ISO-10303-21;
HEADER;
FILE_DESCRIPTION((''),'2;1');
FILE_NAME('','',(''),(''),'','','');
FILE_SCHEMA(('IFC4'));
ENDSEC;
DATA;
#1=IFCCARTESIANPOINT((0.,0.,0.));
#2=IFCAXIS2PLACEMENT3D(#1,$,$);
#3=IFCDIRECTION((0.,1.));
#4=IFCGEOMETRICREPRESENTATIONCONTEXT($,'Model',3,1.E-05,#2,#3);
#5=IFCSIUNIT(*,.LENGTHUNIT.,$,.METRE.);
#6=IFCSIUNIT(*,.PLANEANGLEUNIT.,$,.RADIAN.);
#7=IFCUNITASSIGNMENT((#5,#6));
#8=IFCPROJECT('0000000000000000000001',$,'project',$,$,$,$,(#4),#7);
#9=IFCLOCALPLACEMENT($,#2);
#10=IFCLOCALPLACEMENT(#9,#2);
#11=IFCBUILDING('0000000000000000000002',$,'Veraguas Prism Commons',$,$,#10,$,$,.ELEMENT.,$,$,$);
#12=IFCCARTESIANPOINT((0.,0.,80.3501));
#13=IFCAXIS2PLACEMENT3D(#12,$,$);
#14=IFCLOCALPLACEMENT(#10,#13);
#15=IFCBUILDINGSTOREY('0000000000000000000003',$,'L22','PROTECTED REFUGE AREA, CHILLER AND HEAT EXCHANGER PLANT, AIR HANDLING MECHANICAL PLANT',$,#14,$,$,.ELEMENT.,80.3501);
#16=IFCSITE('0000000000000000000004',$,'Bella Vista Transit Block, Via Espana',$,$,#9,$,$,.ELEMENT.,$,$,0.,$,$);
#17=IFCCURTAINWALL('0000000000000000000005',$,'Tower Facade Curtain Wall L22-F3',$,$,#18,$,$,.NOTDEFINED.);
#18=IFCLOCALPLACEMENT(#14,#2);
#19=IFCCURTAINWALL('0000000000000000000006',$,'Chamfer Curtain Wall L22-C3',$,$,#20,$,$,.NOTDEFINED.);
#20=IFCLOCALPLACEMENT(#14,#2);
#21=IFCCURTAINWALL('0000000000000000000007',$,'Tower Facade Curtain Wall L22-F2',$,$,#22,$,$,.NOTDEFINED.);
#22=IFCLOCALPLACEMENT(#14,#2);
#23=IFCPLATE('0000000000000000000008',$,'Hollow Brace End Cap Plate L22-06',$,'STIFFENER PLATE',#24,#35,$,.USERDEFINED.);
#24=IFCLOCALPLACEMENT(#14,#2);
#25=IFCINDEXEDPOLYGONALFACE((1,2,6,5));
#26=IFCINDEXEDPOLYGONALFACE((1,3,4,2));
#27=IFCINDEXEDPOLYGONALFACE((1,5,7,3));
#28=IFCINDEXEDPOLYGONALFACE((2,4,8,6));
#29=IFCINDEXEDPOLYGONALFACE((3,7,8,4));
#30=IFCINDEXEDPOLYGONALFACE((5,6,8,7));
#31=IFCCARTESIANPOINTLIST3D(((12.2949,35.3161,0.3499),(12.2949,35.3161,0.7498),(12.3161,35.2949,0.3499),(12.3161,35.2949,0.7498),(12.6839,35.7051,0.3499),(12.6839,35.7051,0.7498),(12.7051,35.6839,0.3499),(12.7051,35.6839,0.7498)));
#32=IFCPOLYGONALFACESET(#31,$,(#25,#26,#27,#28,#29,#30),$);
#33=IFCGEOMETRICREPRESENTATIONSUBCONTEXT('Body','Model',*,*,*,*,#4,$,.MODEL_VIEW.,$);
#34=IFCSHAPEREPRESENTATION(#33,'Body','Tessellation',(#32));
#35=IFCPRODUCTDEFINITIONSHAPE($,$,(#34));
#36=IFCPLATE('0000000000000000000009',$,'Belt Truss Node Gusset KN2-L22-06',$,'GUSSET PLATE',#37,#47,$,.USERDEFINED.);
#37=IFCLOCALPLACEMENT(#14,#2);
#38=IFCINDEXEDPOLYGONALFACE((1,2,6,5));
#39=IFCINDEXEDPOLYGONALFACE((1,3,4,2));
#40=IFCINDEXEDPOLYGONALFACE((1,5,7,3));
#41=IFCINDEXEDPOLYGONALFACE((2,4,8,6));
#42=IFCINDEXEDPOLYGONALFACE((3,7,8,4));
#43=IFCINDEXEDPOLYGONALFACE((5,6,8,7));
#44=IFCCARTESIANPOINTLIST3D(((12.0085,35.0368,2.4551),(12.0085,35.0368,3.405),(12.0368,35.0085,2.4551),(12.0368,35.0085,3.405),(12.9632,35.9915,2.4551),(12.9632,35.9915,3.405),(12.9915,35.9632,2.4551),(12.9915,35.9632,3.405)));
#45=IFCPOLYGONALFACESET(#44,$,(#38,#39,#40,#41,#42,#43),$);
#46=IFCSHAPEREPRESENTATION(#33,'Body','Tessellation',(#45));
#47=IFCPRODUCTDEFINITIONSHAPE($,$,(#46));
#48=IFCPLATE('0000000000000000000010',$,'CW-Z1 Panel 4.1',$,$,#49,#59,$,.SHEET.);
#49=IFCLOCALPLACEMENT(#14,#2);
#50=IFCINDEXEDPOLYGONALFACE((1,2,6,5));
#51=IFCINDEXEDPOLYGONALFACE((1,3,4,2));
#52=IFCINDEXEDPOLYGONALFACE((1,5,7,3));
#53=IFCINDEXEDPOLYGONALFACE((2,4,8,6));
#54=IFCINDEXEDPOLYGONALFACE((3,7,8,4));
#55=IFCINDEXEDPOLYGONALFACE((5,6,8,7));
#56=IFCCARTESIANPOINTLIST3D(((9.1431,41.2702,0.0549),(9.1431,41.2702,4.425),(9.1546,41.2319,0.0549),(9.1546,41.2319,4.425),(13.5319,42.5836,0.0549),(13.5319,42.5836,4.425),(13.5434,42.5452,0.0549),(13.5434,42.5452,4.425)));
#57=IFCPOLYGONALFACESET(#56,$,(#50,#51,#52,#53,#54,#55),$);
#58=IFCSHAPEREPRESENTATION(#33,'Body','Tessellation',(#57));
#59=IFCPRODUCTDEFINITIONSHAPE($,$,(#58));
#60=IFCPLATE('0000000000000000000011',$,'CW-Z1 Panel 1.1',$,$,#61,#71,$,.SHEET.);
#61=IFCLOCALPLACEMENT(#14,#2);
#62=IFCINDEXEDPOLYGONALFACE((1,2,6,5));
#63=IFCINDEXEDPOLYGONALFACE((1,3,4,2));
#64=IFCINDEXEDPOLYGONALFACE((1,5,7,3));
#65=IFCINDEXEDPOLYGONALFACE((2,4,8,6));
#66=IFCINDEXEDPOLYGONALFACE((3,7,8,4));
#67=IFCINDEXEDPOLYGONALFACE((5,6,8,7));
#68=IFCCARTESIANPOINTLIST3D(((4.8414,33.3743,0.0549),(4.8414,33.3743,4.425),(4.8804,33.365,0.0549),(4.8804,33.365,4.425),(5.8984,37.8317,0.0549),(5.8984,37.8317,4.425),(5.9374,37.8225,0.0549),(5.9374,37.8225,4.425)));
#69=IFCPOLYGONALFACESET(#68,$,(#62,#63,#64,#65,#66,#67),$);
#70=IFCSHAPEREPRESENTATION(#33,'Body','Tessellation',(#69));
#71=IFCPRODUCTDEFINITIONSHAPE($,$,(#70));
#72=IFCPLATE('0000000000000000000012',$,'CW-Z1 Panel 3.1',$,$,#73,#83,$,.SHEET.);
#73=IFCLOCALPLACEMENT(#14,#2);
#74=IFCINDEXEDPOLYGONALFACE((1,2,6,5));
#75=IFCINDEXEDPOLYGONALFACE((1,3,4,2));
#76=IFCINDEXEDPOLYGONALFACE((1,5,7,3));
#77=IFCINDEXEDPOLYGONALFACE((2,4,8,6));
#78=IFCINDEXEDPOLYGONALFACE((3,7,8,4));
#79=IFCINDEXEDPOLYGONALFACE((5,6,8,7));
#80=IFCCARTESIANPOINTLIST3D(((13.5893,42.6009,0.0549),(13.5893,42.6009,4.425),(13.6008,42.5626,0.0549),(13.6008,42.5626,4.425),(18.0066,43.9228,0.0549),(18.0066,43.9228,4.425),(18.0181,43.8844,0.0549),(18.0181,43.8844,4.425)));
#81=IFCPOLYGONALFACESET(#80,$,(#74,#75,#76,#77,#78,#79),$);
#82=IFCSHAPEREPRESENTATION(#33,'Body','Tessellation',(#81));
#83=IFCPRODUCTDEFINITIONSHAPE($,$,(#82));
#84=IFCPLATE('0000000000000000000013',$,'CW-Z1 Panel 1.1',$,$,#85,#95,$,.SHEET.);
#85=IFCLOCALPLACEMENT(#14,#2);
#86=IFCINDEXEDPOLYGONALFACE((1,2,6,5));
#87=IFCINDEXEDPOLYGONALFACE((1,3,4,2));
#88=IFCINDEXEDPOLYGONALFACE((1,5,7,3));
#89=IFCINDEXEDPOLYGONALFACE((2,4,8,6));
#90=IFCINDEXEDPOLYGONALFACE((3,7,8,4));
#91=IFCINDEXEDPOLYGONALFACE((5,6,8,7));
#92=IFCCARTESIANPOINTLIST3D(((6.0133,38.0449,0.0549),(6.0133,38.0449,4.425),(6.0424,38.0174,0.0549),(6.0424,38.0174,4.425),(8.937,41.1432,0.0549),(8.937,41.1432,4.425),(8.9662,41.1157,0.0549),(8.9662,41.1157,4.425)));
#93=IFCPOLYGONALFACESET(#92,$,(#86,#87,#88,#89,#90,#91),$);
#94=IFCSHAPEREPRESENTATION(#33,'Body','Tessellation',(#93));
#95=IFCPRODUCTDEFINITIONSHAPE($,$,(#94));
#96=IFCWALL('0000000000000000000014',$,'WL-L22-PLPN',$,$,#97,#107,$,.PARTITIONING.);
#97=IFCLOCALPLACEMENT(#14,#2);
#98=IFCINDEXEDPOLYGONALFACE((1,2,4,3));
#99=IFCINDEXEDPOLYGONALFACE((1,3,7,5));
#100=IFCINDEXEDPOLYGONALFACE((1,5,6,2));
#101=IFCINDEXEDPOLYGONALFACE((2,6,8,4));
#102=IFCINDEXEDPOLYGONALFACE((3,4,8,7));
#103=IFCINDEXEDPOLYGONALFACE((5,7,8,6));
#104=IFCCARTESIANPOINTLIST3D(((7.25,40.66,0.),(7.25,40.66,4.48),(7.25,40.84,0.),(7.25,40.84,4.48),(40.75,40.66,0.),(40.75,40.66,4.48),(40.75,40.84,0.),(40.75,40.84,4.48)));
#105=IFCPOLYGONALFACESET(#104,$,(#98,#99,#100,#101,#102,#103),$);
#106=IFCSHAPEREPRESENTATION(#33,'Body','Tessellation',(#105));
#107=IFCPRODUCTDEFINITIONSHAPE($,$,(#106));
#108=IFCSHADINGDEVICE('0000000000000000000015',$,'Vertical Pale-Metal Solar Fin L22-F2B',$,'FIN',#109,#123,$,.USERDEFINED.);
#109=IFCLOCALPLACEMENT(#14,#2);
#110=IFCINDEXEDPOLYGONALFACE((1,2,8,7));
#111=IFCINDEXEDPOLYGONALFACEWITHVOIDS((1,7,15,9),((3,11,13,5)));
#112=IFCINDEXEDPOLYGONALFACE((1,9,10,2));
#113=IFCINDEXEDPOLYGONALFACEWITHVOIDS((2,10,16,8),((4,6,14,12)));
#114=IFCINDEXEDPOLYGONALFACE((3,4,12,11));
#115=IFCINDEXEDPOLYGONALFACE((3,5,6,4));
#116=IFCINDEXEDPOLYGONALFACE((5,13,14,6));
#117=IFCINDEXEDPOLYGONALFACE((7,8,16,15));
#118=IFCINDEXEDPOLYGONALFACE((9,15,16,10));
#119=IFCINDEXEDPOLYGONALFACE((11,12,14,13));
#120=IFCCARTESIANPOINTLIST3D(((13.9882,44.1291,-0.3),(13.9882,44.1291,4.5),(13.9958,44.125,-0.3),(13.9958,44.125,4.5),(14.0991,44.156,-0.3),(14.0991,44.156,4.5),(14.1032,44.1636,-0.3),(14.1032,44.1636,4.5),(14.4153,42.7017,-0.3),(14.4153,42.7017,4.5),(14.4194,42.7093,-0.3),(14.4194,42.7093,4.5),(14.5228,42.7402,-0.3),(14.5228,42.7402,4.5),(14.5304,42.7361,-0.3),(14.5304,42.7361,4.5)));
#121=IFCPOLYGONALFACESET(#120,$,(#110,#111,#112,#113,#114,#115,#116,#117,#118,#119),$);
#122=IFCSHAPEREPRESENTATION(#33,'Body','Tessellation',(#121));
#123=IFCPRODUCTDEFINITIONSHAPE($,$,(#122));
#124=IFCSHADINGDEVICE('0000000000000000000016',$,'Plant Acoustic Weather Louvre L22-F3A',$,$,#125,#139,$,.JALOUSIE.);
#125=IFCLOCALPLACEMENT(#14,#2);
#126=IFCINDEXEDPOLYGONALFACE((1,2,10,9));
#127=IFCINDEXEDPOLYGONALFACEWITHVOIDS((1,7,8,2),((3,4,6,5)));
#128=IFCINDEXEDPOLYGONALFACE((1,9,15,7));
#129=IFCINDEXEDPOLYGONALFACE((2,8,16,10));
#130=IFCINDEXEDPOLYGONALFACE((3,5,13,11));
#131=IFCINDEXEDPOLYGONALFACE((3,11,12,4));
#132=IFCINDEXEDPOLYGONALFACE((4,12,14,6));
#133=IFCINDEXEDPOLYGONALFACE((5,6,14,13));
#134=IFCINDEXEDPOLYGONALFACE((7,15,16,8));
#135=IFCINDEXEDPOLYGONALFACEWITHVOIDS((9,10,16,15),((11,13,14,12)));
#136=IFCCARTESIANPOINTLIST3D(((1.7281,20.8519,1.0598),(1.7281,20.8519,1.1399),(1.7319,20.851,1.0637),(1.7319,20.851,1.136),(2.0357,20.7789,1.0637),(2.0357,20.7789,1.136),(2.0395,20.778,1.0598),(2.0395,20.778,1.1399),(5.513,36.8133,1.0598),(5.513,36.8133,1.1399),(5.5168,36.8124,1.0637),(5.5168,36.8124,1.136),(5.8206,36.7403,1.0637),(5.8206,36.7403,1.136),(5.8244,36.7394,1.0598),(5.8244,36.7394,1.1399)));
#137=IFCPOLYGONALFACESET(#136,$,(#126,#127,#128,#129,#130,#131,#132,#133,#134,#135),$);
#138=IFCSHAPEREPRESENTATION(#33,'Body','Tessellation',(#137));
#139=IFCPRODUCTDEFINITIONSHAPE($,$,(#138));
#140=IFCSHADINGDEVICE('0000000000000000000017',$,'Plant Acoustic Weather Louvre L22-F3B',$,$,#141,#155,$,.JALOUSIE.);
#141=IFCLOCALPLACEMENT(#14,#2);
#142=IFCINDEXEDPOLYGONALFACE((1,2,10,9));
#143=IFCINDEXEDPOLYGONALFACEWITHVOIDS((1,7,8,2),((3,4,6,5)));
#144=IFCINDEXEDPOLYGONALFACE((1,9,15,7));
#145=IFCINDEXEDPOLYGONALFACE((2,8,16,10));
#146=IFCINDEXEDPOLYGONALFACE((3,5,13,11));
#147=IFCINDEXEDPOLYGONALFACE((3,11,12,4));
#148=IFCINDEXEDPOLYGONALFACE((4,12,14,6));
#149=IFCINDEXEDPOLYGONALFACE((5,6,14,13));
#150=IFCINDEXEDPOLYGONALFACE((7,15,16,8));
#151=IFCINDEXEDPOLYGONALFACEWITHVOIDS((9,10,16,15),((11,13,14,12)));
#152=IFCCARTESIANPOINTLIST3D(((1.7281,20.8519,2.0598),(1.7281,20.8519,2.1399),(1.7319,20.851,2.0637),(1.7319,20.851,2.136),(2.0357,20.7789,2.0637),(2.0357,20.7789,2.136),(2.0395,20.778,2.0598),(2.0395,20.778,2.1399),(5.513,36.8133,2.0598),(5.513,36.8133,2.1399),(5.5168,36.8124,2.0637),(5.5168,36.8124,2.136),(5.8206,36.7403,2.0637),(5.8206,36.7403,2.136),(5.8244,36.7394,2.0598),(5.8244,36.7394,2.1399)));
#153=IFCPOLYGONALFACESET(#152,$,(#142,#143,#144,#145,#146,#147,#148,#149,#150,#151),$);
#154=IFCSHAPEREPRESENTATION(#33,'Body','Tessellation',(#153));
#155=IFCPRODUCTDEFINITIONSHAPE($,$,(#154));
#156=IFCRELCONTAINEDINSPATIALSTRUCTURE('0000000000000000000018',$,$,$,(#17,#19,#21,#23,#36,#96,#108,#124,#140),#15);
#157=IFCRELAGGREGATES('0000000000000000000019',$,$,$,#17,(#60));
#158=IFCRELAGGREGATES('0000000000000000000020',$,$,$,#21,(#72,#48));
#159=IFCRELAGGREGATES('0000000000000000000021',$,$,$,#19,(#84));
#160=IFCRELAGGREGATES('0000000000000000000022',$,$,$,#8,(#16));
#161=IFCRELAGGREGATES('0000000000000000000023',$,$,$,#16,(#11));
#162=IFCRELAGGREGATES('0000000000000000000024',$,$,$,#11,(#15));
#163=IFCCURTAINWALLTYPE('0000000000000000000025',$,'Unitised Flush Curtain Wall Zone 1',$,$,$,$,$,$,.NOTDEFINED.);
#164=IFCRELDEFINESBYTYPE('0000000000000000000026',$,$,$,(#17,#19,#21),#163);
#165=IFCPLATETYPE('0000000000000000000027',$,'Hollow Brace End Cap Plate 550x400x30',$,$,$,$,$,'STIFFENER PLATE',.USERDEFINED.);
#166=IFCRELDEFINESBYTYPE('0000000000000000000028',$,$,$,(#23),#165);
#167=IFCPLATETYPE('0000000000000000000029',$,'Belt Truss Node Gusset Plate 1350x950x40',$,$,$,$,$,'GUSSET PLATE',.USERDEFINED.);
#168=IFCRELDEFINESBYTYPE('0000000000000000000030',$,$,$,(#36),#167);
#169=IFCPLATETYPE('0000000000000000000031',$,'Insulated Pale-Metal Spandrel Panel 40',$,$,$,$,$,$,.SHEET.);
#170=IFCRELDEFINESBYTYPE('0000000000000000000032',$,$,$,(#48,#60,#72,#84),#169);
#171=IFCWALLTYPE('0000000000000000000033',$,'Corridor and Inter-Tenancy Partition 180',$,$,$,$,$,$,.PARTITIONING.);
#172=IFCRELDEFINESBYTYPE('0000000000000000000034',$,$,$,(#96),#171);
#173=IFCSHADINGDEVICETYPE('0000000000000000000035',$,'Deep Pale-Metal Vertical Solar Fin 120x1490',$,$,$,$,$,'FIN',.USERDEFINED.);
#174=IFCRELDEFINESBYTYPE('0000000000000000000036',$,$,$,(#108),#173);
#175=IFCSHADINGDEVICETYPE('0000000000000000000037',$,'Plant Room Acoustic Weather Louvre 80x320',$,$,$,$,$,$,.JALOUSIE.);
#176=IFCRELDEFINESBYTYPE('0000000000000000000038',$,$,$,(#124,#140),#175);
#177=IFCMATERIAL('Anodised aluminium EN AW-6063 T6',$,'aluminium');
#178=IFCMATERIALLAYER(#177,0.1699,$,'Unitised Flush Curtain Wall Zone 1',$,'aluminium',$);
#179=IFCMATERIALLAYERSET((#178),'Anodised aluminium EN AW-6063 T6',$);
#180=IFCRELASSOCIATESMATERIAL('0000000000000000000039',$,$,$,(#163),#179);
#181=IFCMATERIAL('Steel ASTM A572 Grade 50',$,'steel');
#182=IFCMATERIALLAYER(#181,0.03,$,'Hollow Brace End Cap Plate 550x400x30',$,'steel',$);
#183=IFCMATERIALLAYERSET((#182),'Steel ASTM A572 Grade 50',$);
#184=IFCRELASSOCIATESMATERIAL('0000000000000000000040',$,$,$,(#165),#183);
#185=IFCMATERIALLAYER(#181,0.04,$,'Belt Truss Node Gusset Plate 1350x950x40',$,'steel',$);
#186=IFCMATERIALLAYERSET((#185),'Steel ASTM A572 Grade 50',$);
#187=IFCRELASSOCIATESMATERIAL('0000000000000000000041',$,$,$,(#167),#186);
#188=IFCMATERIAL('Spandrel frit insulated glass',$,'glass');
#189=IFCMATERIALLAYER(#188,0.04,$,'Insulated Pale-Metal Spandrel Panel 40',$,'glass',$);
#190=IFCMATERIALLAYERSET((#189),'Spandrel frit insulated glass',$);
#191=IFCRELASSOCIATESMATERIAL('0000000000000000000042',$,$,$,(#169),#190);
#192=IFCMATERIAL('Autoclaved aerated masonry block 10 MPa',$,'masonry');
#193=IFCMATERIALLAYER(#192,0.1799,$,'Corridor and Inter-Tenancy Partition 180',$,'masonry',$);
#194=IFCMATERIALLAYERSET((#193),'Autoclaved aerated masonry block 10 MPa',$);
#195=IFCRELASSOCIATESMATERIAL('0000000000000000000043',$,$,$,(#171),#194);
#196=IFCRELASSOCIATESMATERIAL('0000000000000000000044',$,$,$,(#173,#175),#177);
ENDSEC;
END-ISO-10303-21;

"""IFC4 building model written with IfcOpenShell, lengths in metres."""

from ifc_helpers import new_model, si_unit, direction, frame, frame_2d, origin, origin_2d, place, context, subcontext, project, spatial, rectangle, hollow_rectangle, extrude, source, transform, mapped, material, layer, layer_set, material_profile, profile_set, type_object, element, aggregate, save


model = new_model("IFC4")

# Units and contexts
model_context = context("Model", 3, precision=1e-05, world=origin(), true_north=direction((0.0, 1.0)))
body_context = subcontext(model_context, "Body", "Model", "MODEL_VIEW")
ifc_project = project(units=[si_unit("LENGTHUNIT", "METRE"), si_unit("PLANEANGLEUNIT", "RADIAN")], contexts=[model_context])

# Site, building, storey
site_placement = place(None, origin())
site = spatial("IfcSite", under=ifc_project, at=site_placement, Name="Bella Vista Transit Block, Via Espana", CompositionType="ELEMENT", RefElevation=0.0)
building_placement = place(site_placement, origin())
building = spatial("IfcBuilding", under=site, at=building_placement, Name="Veraguas Prism Commons", CompositionType="ELEMENT")
storey_placement = place(building_placement, frame((0.0, 0.0, 80.3501)))
storey = spatial("IfcBuildingStorey", under=building, at=storey_placement, Name="L22", Description="PROTECTED REFUGE AREA, CHILLER AND HEAT EXCHANGER PLANT, AIR HANDLING MECHANICAL PLANT", CompositionType="ELEMENT", Elevation=80.3501)

# Curtain walls
ifc_material_1 = material(Name="Anodised aluminium EN AW-6063 T6", Category="aluminium")
ifc_layer_1 = layer(ifc_material_1, 0.1699, Name="Unitised Flush Curtain Wall Zone 1", Category="aluminium")
ifc_layer_set_1 = layer_set([ifc_layer_1], Name="Anodised aluminium EN AW-6063 T6")
curtain_wall_type = type_object("IfcCurtainWallType", Name="Unitised Flush Curtain Wall Zone 1", PredefinedType="NOTDEFINED", material=ifc_layer_set_1)
curtain_wall_1_placement = place(storey_placement, origin())
curtain_wall_1 = element("IfcCurtainWall", 1, at=curtain_wall_1_placement, inside=storey, type_object=curtain_wall_type, Name="Tower Facade Curtain Wall L22-F3", PredefinedType="NOTDEFINED")
curtain_wall_2_placement = place(storey_placement, origin())
curtain_wall_2 = element("IfcCurtainWall", 2, at=curtain_wall_2_placement, inside=storey, type_object=curtain_wall_type, Name="Chamfer Curtain Wall L22-C3", PredefinedType="NOTDEFINED")
curtain_wall_3_placement = place(storey_placement, origin())
curtain_wall_3 = element("IfcCurtainWall", 3, at=curtain_wall_3_placement, inside=storey, type_object=curtain_wall_type, Name="Tower Facade Curtain Wall L22-F2", PredefinedType="NOTDEFINED")

# Plates
ifc_material_2 = material(Name="Steel ASTM A572 Grade 50", Category="steel")
ifc_layer_2 = layer(ifc_material_2, 0.03, Name="Hollow Brace End Cap Plate 550x400x30", Category="steel")
ifc_layer_set_2 = layer_set([ifc_layer_2], Name="Steel ASTM A572 Grade 50")
plate_type_1 = type_object("IfcPlateType", Name="Hollow Brace End Cap Plate 550x400x30", ElementType="STIFFENER PLATE", PredefinedType="USERDEFINED", material=ifc_layer_set_2)
shared_shape_1 = source(origin(), body_context, "Body", "SweptSolid", [
    extrude(rectangle(XDim=0.55, YDim=0.03, at=origin_2d()), origin(), (0.0, 0.0, 1.0), 0.3999),
])
plate_1_placement = place(storey_placement, frame((12.5, 35.5, 0.3499), z_axis=(0.0, 0.0, 1.0), x_axis=(-0.707107, -0.707107, 0.0)))
element("IfcPlate", 4, at=plate_1_placement, inside=storey, type_object=plate_type_1, Name="Hollow Brace End Cap Plate L22-06", ObjectType="STIFFENER PLATE", PredefinedType="USERDEFINED", context=body_context, shape_type="MappedRepresentation", body=[
    mapped(shared_shape_1, transform((0.0, 0.0, 0.0), scale=1.0)),
])
ifc_layer_3 = layer(ifc_material_2, 0.04, Name="Belt Truss Node Gusset Plate 1350x950x40", Category="steel")
ifc_layer_set_3 = layer_set([ifc_layer_3], Name="Steel ASTM A572 Grade 50")
plate_type_2 = type_object("IfcPlateType", Name="Belt Truss Node Gusset Plate 1350x950x40", ElementType="GUSSET PLATE", PredefinedType="USERDEFINED", material=ifc_layer_set_3)
shared_shape_2 = source(origin(), body_context, "Body", "SweptSolid", [
    extrude(rectangle(XDim=1.3501, YDim=0.04, at=origin_2d()), origin(), (0.0, 0.0, 1.0), 0.95),
])
plate_2_placement = place(storey_placement, frame((12.5, 35.5, 2.4551), z_axis=(0.0, 0.0, 1.0), x_axis=(-0.707107, -0.707107, 0.0)))
element("IfcPlate", 5, at=plate_2_placement, inside=storey, type_object=plate_type_2, Name="Belt Truss Node Gusset KN2-L22-06", ObjectType="GUSSET PLATE", PredefinedType="USERDEFINED", context=body_context, shape_type="MappedRepresentation", body=[
    mapped(shared_shape_2, transform((0.0, 0.0, 0.0), scale=1.0)),
])

# Plates
ifc_material_3 = material(Name="Spandrel frit insulated glass", Category="glass")
ifc_layer_4 = layer(ifc_material_3, 0.04, Name="Insulated Pale-Metal Spandrel Panel 40", Category="glass")
ifc_layer_set_4 = layer_set([ifc_layer_4], Name="Spandrel frit insulated glass")
plate_type_3 = type_object("IfcPlateType", Name="Insulated Pale-Metal Spandrel Panel 40", PredefinedType="SHEET", material=ifc_layer_set_4)
shared_shape_3 = source(origin(), body_context, "Body", "SweptSolid", [
    extrude(rectangle(XDim=4.5811, YDim=0.04, at=origin_2d()), origin(), (0.0, 0.0, 1.0), 4.3701),
])
plate_3_placement = place(storey_placement, frame((11.3433, 41.9077, 0.0549), z_axis=(0.0, 0.0, 1.0), x_axis=(-0.958023, -0.286692, 0.0)))
plate_3 = element("IfcPlate", 6, at=plate_3_placement, type_object=plate_type_3, Name="CW-Z1 Panel 4.1", PredefinedType="SHEET", context=body_context, shape_type="MappedRepresentation", body=[
    mapped(shared_shape_3, transform((0.0, 0.0, 0.0), scale=1.0)),
])
plate_4_placement = place(storey_placement, frame((5.3894, 35.5984, 0.0549), z_axis=(0.0, 0.0, 1.0), x_axis=(-0.230734, -0.973017, 0.0)))
plate_4 = element("IfcPlate", 7, at=plate_4_placement, type_object=plate_type_3, Name="CW-Z1 Panel 1.1", PredefinedType="SHEET", context=body_context, shape_type="MappedRepresentation", body=[
    mapped(shared_shape_3, transform((0.0, 0.0, 0.0), scale=1.0)),
])
aggregate(curtain_wall_1, [plate_4])
shared_shape_4 = source(origin(), body_context, "Body", "SweptSolid", [
    extrude(rectangle(XDim=4.6108, YDim=0.04, at=origin_2d()), origin(), (0.0, 0.0, 1.0), 4.3701),
])
plate_5_placement = place(storey_placement, frame((15.8037, 43.2427, 0.0549), z_axis=(0.0, 0.0, 1.0), x_axis=(-0.958023, -0.286692, 0.0)))
plate_5 = element("IfcPlate", 8, at=plate_5_placement, type_object=plate_type_3, Name="CW-Z1 Panel 3.1", PredefinedType="SHEET", context=body_context, shape_type="MappedRepresentation", body=[
    mapped(shared_shape_4, transform((0.0, 0.0, 0.0), scale=1.0)),
])
aggregate(curtain_wall_3, [plate_5, plate_3])
shared_shape_5 = source(origin(), body_context, "Body", "SweptSolid", [
    extrude(rectangle(XDim=4.26, YDim=0.04, at=origin_2d()), origin(), (0.0, 0.0, 1.0), 4.3701),
])
plate_6_placement = place(storey_placement, frame((7.4897, 39.5803, 0.0549), z_axis=(0.0, 0.0, 1.0), x_axis=(-0.686319, -0.727301, 0.0)))
plate_6 = element("IfcPlate", 9, at=plate_6_placement, type_object=plate_type_3, Name="CW-Z1 Panel 1.1", PredefinedType="SHEET", context=body_context, shape_type="MappedRepresentation", body=[
    mapped(shared_shape_5, transform((0.0, 0.0, 0.0), scale=1.0)),
])
aggregate(curtain_wall_2, [plate_6])

# Wall
ifc_material_4 = material(Name="Autoclaved aerated masonry block 10 MPa", Category="masonry")
ifc_layer_5 = layer(ifc_material_4, 0.1799, Name="Corridor and Inter-Tenancy Partition 180", Category="masonry")
ifc_layer_set_5 = layer_set([ifc_layer_5], Name="Autoclaved aerated masonry block 10 MPa")
wall_type = type_object("IfcWallType", Name="Corridor and Inter-Tenancy Partition 180", PredefinedType="PARTITIONING", material=ifc_layer_set_5)
wall_placement = place(storey_placement, frame((7.25, 40.75, 0.0), z_axis=(0.0, 0.0, 1.0), x_axis=(1.0, 0.0, 0.0)))
element("IfcWall", 10, at=wall_placement, inside=storey, type_object=wall_type, Name="WL-L22-PLPN", PredefinedType="PARTITIONING", context=body_context, shape_type="SweptSolid", body=[
    extrude(rectangle(XDim=33.5, YDim=0.1799, at=frame_2d((16.75, 0.0))), origin(), (0.0, 0.0, 1.0), 4.48),
])

# Shading devices
ifc_material_profile_1 = material_profile(ifc_material_1, hollow_rectangle(XDim=0.1201, YDim=1.49, WallThickness=0.0061, at=origin_2d()), Name="FIN120X1490X6")
ifc_profile_set_1 = profile_set([ifc_material_profile_1], Name="Anodised aluminium EN AW-6063 T6")
shading_device_type_1 = type_object("IfcShadingDeviceType", Name="Deep Pale-Metal Vertical Solar Fin 120x1490", ElementType="FIN", PredefinedType="USERDEFINED", material=ifc_profile_set_1)
shading_device_placement = place(storey_placement, frame((14.2593, 43.4326, -0.3), z_axis=(0.0, 0.0, 1.0), x_axis=(-0.958023, -0.286692, 0.0)))
element("IfcShadingDevice", 11, at=shading_device_placement, inside=storey, type_object=shading_device_type_1, Name="Vertical Pale-Metal Solar Fin L22-F2B", ObjectType="FIN", PredefinedType="USERDEFINED", context=body_context, shape_type="SweptSolid", body=[
    extrude(hollow_rectangle(XDim=0.1201, YDim=1.49, WallThickness=0.0061, at=origin_2d()), origin(), (0.0, 0.0, 1.0), 4.8),
])
ifc_material_profile_2 = material_profile(ifc_material_1, hollow_rectangle(XDim=0.0801, YDim=0.3201, WallThickness=0.0039, at=origin_2d()), Name="LVR80X320X4")
ifc_profile_set_2 = profile_set([ifc_material_profile_2], Name="Anodised aluminium EN AW-6063 T6")
shading_device_type_2 = type_object("IfcShadingDeviceType", Name="Plant Room Acoustic Weather Louvre 80x320", PredefinedType="JALOUSIE", material=ifc_profile_set_2)
for number, where, z_axis, x_axis, name in (
    (12, (5.6687, 36.7764, 1.0999), (-0.23073, -0.973018, 0.0), (0.0, 0.0, 1.0), "Plant Acoustic Weather Louvre L22-F3A"),
    (13, (5.6687, 36.7764, 2.0999), (-0.23073, -0.973018, 0.0), (0.0, 0.0, 1.0), "Plant Acoustic Weather Louvre L22-F3B"),
):
    element("IfcShadingDevice", number, at=place(storey_placement, frame(where, z_axis=z_axis, x_axis=x_axis)), inside=storey, type_object=shading_device_type_2, Name=name, PredefinedType="JALOUSIE", context=body_context, shape_type="SweptSolid", body=[
        extrude(hollow_rectangle(XDim=0.0801, YDim=0.3201, WallThickness=0.0039, at=origin_2d()), origin(), (0.0, 0.0, 1.0), 16.4041),
    ])

save(model, "model.ifc")
